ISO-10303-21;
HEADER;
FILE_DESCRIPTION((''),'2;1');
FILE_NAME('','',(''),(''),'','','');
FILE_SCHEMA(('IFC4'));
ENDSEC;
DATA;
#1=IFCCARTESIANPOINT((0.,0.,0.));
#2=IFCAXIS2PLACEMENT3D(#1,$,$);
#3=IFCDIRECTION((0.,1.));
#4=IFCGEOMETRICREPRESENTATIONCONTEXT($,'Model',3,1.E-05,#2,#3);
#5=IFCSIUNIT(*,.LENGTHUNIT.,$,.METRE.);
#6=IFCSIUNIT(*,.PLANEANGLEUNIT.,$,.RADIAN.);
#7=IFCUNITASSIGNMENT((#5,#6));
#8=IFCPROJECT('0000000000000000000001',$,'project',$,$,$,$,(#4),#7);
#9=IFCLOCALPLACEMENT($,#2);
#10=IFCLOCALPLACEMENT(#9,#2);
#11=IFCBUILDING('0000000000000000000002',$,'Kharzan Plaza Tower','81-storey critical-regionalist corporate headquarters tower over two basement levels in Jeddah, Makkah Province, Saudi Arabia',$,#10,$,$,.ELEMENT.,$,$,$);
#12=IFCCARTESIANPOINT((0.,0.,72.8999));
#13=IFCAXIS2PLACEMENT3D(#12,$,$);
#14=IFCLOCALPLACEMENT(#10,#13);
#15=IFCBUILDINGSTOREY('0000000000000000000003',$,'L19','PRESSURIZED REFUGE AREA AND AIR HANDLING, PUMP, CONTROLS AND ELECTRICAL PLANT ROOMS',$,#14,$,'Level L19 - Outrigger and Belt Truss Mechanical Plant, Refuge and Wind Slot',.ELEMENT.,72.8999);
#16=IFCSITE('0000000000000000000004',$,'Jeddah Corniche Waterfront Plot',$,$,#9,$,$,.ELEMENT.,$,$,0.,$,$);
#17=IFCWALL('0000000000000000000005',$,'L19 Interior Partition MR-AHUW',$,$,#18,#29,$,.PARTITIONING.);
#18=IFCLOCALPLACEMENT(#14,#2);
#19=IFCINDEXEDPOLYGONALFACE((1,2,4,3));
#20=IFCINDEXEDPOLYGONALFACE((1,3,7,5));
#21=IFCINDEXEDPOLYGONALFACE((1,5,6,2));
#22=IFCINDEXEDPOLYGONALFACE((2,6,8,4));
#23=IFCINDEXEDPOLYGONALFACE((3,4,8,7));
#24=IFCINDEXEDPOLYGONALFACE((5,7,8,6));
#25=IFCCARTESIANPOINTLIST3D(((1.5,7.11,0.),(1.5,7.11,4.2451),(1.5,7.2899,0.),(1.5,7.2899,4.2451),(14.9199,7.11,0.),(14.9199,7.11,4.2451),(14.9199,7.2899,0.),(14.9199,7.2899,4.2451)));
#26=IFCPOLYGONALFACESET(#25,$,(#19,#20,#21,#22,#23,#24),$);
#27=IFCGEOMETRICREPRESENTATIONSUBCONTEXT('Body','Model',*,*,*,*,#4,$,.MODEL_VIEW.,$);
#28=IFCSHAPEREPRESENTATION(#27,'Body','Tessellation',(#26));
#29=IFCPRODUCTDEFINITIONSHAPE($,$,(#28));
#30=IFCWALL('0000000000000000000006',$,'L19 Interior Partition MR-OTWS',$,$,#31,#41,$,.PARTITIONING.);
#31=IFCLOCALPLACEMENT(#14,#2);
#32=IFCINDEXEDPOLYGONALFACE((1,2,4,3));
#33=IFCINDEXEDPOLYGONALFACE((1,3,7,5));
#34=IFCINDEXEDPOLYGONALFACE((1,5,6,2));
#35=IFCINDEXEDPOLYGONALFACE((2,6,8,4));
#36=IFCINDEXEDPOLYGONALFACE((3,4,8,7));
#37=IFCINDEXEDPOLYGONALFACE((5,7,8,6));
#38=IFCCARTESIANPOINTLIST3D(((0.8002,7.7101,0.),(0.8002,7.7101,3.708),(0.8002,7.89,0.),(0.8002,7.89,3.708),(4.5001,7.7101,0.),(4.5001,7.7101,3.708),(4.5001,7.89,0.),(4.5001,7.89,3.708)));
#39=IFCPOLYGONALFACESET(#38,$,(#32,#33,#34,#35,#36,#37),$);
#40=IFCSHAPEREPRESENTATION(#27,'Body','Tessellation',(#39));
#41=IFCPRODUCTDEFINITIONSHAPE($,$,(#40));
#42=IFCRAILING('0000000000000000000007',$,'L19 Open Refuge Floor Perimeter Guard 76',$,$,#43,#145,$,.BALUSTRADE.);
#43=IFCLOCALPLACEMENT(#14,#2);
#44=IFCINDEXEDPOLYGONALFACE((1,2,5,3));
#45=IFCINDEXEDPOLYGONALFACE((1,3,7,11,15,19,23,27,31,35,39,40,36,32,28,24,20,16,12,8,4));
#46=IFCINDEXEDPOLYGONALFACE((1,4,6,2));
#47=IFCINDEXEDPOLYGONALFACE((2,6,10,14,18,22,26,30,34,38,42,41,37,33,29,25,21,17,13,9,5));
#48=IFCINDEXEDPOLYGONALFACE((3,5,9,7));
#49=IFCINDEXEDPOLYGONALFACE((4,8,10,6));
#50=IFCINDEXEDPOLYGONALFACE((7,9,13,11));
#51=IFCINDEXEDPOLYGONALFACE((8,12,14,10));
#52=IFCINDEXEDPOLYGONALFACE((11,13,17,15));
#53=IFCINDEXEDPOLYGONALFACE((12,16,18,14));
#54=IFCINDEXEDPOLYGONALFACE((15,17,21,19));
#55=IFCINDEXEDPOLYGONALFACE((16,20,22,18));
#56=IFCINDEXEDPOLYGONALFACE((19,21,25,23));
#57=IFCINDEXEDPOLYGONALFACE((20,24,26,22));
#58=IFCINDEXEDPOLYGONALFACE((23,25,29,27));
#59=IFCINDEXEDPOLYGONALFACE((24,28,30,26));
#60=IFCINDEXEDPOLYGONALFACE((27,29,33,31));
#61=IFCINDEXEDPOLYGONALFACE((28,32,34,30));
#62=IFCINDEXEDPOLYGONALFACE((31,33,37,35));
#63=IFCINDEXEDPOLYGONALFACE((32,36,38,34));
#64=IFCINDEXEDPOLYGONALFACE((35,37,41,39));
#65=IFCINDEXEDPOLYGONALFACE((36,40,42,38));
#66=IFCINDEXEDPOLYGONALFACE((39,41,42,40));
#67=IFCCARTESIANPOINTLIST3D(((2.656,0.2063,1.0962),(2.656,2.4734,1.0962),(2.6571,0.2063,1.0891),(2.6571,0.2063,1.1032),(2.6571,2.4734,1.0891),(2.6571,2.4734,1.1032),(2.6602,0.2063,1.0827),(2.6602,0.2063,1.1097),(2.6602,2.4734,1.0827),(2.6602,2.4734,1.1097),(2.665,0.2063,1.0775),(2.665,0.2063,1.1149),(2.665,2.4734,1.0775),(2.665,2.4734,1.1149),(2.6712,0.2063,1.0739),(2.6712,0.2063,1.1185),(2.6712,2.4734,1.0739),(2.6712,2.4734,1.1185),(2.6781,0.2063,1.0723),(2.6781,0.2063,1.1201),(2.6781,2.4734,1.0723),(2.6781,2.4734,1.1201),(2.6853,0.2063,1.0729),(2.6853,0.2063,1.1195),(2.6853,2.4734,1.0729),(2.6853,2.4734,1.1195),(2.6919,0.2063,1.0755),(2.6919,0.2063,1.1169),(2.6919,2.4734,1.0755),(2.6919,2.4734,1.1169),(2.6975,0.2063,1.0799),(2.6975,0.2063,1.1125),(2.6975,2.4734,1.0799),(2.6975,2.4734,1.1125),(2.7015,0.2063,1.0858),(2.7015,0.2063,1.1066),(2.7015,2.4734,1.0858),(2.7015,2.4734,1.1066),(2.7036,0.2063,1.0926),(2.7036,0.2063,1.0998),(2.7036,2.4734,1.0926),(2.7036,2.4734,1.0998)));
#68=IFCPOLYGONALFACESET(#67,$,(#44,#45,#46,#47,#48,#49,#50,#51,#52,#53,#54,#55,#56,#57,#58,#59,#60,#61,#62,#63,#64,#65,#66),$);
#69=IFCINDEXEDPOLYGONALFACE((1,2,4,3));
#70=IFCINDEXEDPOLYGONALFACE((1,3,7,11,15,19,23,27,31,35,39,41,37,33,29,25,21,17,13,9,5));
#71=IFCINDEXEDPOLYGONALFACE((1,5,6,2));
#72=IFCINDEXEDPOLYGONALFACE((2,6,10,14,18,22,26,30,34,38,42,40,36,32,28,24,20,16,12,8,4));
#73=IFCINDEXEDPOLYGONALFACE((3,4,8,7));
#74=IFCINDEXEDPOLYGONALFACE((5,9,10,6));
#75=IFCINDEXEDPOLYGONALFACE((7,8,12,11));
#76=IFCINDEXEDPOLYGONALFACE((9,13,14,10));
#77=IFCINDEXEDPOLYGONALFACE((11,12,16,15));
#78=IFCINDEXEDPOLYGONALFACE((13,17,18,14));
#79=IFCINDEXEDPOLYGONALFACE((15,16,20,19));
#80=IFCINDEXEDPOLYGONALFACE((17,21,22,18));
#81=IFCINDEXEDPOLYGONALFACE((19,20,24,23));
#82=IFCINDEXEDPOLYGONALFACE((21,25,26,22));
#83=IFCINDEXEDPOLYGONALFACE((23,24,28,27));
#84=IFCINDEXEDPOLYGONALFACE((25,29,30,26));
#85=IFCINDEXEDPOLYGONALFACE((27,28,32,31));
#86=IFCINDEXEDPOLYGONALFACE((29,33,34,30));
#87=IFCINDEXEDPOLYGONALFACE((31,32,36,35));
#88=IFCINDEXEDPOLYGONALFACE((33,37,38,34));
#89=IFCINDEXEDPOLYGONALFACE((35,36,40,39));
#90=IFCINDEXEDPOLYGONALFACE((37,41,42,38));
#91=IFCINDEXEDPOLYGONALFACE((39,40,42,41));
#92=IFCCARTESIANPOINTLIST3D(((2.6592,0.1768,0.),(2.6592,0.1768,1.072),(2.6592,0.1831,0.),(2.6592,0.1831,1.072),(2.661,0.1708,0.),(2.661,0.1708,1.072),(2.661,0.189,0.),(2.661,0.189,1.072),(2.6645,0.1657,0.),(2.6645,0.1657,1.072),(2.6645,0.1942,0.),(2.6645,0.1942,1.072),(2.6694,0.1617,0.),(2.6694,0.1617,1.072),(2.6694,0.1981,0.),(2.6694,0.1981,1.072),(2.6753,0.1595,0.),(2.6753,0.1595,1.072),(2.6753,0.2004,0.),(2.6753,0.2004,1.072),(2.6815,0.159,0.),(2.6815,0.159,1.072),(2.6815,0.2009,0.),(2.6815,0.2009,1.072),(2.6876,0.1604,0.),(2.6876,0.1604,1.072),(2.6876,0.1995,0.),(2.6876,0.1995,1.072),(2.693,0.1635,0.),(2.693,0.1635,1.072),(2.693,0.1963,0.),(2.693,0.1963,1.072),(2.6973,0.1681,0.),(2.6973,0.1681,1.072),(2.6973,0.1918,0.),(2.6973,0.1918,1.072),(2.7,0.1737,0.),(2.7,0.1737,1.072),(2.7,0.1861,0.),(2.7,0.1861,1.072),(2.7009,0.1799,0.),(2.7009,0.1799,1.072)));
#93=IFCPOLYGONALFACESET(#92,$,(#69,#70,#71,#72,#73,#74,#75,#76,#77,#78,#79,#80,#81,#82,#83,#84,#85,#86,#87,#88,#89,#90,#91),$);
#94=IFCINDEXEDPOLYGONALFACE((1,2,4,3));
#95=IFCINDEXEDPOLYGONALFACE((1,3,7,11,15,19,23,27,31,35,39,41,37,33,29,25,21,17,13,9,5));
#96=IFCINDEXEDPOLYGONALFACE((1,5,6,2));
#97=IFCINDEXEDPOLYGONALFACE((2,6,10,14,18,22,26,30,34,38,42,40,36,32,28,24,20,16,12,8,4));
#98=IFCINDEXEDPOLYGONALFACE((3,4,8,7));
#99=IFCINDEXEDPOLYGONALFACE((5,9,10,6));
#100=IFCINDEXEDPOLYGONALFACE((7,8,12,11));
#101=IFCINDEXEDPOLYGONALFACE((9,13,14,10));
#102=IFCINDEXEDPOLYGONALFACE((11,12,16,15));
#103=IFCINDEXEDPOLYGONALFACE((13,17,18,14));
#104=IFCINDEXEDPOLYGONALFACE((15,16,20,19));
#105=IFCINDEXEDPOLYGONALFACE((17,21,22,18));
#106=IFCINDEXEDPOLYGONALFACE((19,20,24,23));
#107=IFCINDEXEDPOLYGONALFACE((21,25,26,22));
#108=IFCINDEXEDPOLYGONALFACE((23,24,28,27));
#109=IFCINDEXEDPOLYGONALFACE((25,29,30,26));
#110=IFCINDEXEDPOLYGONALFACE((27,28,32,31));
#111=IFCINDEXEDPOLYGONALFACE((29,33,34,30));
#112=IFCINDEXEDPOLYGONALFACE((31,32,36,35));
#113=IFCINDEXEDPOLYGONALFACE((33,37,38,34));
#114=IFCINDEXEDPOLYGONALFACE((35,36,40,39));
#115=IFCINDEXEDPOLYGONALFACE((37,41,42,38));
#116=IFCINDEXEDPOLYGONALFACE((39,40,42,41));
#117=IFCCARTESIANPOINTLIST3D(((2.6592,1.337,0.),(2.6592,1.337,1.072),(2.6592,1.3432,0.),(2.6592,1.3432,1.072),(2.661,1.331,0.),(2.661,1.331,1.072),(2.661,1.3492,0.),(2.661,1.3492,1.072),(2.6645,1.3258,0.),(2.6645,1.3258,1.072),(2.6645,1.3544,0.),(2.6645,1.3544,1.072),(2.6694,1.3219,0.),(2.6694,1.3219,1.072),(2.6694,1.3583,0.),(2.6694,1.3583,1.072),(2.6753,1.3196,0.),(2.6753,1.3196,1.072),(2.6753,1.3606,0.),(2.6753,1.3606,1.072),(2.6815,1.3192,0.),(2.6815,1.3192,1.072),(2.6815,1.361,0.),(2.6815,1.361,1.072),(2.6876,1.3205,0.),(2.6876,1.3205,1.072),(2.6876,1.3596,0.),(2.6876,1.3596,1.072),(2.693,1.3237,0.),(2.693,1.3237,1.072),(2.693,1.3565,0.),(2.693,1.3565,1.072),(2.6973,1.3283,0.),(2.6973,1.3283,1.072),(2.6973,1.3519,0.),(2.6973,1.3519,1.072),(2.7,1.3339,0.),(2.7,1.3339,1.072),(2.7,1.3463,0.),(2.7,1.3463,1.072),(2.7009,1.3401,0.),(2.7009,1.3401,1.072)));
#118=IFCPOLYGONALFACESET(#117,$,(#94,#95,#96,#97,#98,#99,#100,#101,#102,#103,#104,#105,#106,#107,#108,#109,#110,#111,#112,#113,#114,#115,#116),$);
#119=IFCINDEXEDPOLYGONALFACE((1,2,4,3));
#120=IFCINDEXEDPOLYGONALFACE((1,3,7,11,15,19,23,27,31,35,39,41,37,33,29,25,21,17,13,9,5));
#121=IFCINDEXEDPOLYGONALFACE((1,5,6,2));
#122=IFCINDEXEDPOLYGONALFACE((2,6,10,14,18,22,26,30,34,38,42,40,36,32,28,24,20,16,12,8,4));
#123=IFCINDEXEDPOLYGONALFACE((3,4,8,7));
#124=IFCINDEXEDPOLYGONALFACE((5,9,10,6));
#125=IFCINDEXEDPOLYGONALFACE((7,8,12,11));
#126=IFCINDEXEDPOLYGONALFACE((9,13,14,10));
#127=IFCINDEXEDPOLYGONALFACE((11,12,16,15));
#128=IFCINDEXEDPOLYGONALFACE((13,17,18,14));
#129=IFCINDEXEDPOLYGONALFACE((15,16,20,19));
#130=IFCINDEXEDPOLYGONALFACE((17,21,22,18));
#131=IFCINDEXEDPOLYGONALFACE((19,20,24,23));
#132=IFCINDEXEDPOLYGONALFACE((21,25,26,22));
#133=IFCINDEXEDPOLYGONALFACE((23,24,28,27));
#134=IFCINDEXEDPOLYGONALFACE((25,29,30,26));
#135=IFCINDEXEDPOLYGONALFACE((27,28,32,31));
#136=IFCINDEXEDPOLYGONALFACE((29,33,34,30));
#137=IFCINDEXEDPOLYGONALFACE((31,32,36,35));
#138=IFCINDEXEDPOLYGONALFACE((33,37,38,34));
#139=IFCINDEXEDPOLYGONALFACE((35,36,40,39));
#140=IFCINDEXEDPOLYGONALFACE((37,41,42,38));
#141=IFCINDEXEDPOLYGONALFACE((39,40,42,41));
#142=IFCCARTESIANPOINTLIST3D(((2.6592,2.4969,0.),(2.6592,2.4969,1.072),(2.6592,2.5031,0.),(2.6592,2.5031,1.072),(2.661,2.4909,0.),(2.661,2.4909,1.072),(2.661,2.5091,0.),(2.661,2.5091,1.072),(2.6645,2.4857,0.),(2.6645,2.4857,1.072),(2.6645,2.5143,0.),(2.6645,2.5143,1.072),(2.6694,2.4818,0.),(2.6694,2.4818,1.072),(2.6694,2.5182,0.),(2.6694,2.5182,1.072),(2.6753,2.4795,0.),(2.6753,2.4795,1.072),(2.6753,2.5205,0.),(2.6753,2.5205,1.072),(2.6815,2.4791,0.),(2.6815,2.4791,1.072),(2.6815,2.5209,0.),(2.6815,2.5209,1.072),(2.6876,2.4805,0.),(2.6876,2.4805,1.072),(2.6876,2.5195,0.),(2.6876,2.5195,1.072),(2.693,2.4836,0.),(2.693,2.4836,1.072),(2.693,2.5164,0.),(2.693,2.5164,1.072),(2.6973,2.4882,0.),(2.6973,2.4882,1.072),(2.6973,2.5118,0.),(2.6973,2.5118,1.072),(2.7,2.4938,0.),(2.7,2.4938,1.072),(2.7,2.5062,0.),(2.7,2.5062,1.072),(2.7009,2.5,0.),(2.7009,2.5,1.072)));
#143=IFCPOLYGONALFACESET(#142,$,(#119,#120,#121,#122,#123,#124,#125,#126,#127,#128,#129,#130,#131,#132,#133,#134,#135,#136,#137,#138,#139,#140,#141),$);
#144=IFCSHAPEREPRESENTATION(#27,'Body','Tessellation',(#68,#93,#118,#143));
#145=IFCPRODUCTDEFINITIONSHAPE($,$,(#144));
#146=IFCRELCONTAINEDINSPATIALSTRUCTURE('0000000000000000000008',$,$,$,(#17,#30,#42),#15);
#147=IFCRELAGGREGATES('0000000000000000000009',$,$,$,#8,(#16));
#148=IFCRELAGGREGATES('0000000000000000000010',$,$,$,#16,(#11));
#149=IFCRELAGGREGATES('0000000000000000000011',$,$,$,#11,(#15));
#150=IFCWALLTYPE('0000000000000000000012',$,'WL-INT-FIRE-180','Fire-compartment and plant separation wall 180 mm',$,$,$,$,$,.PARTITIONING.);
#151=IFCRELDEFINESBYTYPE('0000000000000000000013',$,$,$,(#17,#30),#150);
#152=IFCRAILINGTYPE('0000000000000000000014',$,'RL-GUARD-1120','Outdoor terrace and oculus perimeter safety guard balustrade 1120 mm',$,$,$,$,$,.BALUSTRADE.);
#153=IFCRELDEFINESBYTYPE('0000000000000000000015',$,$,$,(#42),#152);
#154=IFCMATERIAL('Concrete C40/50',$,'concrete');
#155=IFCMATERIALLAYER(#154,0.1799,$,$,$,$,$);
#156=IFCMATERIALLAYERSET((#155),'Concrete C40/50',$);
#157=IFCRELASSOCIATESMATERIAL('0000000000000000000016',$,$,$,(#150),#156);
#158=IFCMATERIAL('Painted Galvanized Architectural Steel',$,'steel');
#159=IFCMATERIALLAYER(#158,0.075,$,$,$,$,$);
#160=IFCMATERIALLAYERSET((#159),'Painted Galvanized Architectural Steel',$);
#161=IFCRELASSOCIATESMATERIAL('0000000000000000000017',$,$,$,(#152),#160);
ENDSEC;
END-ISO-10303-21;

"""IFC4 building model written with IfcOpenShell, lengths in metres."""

from ifc_helpers import new_model, si_unit, direction, frame, frame_2d, origin, origin_2d, place, context, subcontext, project, spatial, rectangle, circle, extrude, source, transform, mapped, material, layer, layer_set, type_object, element, save


model = new_model("IFC4")

# Units and contexts
model_context = context("Model", 3, precision=1e-05, world=origin(), true_north=direction((0.0, 1.0)))
body_context = subcontext(model_context, "Body", "Model", "MODEL_VIEW")
ifc_project = project(units=[si_unit("LENGTHUNIT", "METRE"), si_unit("PLANEANGLEUNIT", "RADIAN")], contexts=[model_context])

# Site, building, storey
site_placement = place(None, origin())
site = spatial("IfcSite", under=ifc_project, at=site_placement, Name="Jeddah Corniche Waterfront Plot", CompositionType="ELEMENT", RefElevation=0.0)
building_placement = place(site_placement, origin())
building = spatial("IfcBuilding", under=site, at=building_placement, Name="Kharzan Plaza Tower", Description="81-storey critical-regionalist corporate headquarters tower over two basement levels in Jeddah, Makkah Province, Saudi Arabia", CompositionType="ELEMENT")
storey_placement = place(building_placement, frame((0.0, 0.0, 72.8999)))
storey = spatial("IfcBuildingStorey", under=building, at=storey_placement, Name="L19", Description="PRESSURIZED REFUGE AREA AND AIR HANDLING, PUMP, CONTROLS AND ELECTRICAL PLANT ROOMS", LongName="Level L19 - Outrigger and Belt Truss Mechanical Plant, Refuge and Wind Slot", CompositionType="ELEMENT", Elevation=72.8999)

# Shared definitions
ifc_material_1 = material(Name="Concrete C40/50", Category="concrete")

# Walls
ifc_layer_1 = layer(ifc_material_1, 0.1799)
ifc_layer_set_1 = layer_set([ifc_layer_1], Name="Concrete C40/50")
wall_type = type_object("IfcWallType", Name="WL-INT-FIRE-180", Description="Fire-compartment and plant separation wall 180 mm", PredefinedType="PARTITIONING", material=ifc_layer_set_1)
shared_shape_1 = source(origin(), body_context, "Body", "SweptSolid", [
    extrude(rectangle(XDim=13.4199, YDim=0.1799, at=frame_2d((6.71, 0.0))), origin(), (0.0, 0.0, 1.0), 4.2451),
])
wall_1_placement = place(storey_placement, frame((1.5, 7.2, 0.0), z_axis=(0.0, 0.0, 1.0), x_axis=(1.0, 0.0, 0.0)))
element("IfcWall", 1, at=wall_1_placement, inside=storey, type_object=wall_type, Name="L19 Interior Partition MR-AHUW", PredefinedType="PARTITIONING", context=body_context, shape_type="MappedRepresentation", body=[
    mapped(shared_shape_1, transform((0.0, 0.0, 0.0), x_axis=(1.0, 0.0, 0.0), y_axis=(0.0, 1.0, 0.0), z_axis=(0.0, 0.0, 1.0))),
])
shared_shape_2 = source(origin(), body_context, "Body", "SweptSolid", [
    extrude(rectangle(XDim=3.7, YDim=0.1799, at=frame_2d((1.8501, 0.0))), origin(), (0.0, 0.0, 1.0), 3.708),
])
wall_2_placement = place(storey_placement, frame((0.8, 7.8, 0.0), z_axis=(0.0, 0.0, 1.0), x_axis=(1.0, 0.0, 0.0)))
element("IfcWall", 2, at=wall_2_placement, inside=storey, type_object=wall_type, Name="L19 Interior Partition MR-OTWS", PredefinedType="PARTITIONING", context=body_context, shape_type="MappedRepresentation", body=[
    mapped(shared_shape_2, transform((0.0, 0.0, 0.0), x_axis=(1.0, 0.0, 0.0), y_axis=(0.0, 1.0, 0.0), z_axis=(0.0, 0.0, 1.0))),
])

# Railing
ifc_material_2 = material(Name="Painted Galvanized Architectural Steel", Category="steel")
ifc_layer_2 = layer(ifc_material_2, 0.075)
ifc_layer_set_2 = layer_set([ifc_layer_2], Name="Painted Galvanized Architectural Steel")
railing_type = type_object("IfcRailingType", Name="RL-GUARD-1120", Description="Outdoor terrace and oculus perimeter safety guard balustrade 1120 mm", PredefinedType="BALUSTRADE", material=ifc_layer_set_2)
shared_shape_3 = source(origin(), body_context, "Body", "SweptSolid", [
    extrude(circle(Radius=0.0239, at=origin_2d()), frame((0.0, 0.0264, 1.0962), z_axis=(0.0, 1.0, 0.0), x_axis=(-1.0, 0.0, 0.0)), (0.0, 0.0, 1.0), 2.2671),
    extrude(circle(Radius=0.021, at=origin_2d()), origin(), (0.0, 0.0, 1.0), 1.072),
    extrude(circle(Radius=0.021, at=origin_2d()), frame((0.0, 1.1602, 0.0)), (0.0, 0.0, 1.0), 1.072),
    extrude(circle(Radius=0.021, at=origin_2d()), frame((0.0, 2.3201, 0.0)), (0.0, 0.0, 1.0), 1.072),
])
railing_1_placement = place(storey_placement, frame((2.6799, 0.1799, 0.0)))
element("IfcRailing", 3, at=railing_1_placement, inside=storey, type_object=railing_type, Name="L19 Open Refuge Floor Perimeter Guard 76", PredefinedType="BALUSTRADE", context=body_context, shape_type="MappedRepresentation", body=[
    mapped(shared_shape_3, transform((0.0, 0.0, 0.0), x_axis=(1.0, 0.0, 0.0), y_axis=(0.0, 1.0, 0.0), z_axis=(0.0, 0.0, 1.0))),
])

save(model, "model.ifc")
